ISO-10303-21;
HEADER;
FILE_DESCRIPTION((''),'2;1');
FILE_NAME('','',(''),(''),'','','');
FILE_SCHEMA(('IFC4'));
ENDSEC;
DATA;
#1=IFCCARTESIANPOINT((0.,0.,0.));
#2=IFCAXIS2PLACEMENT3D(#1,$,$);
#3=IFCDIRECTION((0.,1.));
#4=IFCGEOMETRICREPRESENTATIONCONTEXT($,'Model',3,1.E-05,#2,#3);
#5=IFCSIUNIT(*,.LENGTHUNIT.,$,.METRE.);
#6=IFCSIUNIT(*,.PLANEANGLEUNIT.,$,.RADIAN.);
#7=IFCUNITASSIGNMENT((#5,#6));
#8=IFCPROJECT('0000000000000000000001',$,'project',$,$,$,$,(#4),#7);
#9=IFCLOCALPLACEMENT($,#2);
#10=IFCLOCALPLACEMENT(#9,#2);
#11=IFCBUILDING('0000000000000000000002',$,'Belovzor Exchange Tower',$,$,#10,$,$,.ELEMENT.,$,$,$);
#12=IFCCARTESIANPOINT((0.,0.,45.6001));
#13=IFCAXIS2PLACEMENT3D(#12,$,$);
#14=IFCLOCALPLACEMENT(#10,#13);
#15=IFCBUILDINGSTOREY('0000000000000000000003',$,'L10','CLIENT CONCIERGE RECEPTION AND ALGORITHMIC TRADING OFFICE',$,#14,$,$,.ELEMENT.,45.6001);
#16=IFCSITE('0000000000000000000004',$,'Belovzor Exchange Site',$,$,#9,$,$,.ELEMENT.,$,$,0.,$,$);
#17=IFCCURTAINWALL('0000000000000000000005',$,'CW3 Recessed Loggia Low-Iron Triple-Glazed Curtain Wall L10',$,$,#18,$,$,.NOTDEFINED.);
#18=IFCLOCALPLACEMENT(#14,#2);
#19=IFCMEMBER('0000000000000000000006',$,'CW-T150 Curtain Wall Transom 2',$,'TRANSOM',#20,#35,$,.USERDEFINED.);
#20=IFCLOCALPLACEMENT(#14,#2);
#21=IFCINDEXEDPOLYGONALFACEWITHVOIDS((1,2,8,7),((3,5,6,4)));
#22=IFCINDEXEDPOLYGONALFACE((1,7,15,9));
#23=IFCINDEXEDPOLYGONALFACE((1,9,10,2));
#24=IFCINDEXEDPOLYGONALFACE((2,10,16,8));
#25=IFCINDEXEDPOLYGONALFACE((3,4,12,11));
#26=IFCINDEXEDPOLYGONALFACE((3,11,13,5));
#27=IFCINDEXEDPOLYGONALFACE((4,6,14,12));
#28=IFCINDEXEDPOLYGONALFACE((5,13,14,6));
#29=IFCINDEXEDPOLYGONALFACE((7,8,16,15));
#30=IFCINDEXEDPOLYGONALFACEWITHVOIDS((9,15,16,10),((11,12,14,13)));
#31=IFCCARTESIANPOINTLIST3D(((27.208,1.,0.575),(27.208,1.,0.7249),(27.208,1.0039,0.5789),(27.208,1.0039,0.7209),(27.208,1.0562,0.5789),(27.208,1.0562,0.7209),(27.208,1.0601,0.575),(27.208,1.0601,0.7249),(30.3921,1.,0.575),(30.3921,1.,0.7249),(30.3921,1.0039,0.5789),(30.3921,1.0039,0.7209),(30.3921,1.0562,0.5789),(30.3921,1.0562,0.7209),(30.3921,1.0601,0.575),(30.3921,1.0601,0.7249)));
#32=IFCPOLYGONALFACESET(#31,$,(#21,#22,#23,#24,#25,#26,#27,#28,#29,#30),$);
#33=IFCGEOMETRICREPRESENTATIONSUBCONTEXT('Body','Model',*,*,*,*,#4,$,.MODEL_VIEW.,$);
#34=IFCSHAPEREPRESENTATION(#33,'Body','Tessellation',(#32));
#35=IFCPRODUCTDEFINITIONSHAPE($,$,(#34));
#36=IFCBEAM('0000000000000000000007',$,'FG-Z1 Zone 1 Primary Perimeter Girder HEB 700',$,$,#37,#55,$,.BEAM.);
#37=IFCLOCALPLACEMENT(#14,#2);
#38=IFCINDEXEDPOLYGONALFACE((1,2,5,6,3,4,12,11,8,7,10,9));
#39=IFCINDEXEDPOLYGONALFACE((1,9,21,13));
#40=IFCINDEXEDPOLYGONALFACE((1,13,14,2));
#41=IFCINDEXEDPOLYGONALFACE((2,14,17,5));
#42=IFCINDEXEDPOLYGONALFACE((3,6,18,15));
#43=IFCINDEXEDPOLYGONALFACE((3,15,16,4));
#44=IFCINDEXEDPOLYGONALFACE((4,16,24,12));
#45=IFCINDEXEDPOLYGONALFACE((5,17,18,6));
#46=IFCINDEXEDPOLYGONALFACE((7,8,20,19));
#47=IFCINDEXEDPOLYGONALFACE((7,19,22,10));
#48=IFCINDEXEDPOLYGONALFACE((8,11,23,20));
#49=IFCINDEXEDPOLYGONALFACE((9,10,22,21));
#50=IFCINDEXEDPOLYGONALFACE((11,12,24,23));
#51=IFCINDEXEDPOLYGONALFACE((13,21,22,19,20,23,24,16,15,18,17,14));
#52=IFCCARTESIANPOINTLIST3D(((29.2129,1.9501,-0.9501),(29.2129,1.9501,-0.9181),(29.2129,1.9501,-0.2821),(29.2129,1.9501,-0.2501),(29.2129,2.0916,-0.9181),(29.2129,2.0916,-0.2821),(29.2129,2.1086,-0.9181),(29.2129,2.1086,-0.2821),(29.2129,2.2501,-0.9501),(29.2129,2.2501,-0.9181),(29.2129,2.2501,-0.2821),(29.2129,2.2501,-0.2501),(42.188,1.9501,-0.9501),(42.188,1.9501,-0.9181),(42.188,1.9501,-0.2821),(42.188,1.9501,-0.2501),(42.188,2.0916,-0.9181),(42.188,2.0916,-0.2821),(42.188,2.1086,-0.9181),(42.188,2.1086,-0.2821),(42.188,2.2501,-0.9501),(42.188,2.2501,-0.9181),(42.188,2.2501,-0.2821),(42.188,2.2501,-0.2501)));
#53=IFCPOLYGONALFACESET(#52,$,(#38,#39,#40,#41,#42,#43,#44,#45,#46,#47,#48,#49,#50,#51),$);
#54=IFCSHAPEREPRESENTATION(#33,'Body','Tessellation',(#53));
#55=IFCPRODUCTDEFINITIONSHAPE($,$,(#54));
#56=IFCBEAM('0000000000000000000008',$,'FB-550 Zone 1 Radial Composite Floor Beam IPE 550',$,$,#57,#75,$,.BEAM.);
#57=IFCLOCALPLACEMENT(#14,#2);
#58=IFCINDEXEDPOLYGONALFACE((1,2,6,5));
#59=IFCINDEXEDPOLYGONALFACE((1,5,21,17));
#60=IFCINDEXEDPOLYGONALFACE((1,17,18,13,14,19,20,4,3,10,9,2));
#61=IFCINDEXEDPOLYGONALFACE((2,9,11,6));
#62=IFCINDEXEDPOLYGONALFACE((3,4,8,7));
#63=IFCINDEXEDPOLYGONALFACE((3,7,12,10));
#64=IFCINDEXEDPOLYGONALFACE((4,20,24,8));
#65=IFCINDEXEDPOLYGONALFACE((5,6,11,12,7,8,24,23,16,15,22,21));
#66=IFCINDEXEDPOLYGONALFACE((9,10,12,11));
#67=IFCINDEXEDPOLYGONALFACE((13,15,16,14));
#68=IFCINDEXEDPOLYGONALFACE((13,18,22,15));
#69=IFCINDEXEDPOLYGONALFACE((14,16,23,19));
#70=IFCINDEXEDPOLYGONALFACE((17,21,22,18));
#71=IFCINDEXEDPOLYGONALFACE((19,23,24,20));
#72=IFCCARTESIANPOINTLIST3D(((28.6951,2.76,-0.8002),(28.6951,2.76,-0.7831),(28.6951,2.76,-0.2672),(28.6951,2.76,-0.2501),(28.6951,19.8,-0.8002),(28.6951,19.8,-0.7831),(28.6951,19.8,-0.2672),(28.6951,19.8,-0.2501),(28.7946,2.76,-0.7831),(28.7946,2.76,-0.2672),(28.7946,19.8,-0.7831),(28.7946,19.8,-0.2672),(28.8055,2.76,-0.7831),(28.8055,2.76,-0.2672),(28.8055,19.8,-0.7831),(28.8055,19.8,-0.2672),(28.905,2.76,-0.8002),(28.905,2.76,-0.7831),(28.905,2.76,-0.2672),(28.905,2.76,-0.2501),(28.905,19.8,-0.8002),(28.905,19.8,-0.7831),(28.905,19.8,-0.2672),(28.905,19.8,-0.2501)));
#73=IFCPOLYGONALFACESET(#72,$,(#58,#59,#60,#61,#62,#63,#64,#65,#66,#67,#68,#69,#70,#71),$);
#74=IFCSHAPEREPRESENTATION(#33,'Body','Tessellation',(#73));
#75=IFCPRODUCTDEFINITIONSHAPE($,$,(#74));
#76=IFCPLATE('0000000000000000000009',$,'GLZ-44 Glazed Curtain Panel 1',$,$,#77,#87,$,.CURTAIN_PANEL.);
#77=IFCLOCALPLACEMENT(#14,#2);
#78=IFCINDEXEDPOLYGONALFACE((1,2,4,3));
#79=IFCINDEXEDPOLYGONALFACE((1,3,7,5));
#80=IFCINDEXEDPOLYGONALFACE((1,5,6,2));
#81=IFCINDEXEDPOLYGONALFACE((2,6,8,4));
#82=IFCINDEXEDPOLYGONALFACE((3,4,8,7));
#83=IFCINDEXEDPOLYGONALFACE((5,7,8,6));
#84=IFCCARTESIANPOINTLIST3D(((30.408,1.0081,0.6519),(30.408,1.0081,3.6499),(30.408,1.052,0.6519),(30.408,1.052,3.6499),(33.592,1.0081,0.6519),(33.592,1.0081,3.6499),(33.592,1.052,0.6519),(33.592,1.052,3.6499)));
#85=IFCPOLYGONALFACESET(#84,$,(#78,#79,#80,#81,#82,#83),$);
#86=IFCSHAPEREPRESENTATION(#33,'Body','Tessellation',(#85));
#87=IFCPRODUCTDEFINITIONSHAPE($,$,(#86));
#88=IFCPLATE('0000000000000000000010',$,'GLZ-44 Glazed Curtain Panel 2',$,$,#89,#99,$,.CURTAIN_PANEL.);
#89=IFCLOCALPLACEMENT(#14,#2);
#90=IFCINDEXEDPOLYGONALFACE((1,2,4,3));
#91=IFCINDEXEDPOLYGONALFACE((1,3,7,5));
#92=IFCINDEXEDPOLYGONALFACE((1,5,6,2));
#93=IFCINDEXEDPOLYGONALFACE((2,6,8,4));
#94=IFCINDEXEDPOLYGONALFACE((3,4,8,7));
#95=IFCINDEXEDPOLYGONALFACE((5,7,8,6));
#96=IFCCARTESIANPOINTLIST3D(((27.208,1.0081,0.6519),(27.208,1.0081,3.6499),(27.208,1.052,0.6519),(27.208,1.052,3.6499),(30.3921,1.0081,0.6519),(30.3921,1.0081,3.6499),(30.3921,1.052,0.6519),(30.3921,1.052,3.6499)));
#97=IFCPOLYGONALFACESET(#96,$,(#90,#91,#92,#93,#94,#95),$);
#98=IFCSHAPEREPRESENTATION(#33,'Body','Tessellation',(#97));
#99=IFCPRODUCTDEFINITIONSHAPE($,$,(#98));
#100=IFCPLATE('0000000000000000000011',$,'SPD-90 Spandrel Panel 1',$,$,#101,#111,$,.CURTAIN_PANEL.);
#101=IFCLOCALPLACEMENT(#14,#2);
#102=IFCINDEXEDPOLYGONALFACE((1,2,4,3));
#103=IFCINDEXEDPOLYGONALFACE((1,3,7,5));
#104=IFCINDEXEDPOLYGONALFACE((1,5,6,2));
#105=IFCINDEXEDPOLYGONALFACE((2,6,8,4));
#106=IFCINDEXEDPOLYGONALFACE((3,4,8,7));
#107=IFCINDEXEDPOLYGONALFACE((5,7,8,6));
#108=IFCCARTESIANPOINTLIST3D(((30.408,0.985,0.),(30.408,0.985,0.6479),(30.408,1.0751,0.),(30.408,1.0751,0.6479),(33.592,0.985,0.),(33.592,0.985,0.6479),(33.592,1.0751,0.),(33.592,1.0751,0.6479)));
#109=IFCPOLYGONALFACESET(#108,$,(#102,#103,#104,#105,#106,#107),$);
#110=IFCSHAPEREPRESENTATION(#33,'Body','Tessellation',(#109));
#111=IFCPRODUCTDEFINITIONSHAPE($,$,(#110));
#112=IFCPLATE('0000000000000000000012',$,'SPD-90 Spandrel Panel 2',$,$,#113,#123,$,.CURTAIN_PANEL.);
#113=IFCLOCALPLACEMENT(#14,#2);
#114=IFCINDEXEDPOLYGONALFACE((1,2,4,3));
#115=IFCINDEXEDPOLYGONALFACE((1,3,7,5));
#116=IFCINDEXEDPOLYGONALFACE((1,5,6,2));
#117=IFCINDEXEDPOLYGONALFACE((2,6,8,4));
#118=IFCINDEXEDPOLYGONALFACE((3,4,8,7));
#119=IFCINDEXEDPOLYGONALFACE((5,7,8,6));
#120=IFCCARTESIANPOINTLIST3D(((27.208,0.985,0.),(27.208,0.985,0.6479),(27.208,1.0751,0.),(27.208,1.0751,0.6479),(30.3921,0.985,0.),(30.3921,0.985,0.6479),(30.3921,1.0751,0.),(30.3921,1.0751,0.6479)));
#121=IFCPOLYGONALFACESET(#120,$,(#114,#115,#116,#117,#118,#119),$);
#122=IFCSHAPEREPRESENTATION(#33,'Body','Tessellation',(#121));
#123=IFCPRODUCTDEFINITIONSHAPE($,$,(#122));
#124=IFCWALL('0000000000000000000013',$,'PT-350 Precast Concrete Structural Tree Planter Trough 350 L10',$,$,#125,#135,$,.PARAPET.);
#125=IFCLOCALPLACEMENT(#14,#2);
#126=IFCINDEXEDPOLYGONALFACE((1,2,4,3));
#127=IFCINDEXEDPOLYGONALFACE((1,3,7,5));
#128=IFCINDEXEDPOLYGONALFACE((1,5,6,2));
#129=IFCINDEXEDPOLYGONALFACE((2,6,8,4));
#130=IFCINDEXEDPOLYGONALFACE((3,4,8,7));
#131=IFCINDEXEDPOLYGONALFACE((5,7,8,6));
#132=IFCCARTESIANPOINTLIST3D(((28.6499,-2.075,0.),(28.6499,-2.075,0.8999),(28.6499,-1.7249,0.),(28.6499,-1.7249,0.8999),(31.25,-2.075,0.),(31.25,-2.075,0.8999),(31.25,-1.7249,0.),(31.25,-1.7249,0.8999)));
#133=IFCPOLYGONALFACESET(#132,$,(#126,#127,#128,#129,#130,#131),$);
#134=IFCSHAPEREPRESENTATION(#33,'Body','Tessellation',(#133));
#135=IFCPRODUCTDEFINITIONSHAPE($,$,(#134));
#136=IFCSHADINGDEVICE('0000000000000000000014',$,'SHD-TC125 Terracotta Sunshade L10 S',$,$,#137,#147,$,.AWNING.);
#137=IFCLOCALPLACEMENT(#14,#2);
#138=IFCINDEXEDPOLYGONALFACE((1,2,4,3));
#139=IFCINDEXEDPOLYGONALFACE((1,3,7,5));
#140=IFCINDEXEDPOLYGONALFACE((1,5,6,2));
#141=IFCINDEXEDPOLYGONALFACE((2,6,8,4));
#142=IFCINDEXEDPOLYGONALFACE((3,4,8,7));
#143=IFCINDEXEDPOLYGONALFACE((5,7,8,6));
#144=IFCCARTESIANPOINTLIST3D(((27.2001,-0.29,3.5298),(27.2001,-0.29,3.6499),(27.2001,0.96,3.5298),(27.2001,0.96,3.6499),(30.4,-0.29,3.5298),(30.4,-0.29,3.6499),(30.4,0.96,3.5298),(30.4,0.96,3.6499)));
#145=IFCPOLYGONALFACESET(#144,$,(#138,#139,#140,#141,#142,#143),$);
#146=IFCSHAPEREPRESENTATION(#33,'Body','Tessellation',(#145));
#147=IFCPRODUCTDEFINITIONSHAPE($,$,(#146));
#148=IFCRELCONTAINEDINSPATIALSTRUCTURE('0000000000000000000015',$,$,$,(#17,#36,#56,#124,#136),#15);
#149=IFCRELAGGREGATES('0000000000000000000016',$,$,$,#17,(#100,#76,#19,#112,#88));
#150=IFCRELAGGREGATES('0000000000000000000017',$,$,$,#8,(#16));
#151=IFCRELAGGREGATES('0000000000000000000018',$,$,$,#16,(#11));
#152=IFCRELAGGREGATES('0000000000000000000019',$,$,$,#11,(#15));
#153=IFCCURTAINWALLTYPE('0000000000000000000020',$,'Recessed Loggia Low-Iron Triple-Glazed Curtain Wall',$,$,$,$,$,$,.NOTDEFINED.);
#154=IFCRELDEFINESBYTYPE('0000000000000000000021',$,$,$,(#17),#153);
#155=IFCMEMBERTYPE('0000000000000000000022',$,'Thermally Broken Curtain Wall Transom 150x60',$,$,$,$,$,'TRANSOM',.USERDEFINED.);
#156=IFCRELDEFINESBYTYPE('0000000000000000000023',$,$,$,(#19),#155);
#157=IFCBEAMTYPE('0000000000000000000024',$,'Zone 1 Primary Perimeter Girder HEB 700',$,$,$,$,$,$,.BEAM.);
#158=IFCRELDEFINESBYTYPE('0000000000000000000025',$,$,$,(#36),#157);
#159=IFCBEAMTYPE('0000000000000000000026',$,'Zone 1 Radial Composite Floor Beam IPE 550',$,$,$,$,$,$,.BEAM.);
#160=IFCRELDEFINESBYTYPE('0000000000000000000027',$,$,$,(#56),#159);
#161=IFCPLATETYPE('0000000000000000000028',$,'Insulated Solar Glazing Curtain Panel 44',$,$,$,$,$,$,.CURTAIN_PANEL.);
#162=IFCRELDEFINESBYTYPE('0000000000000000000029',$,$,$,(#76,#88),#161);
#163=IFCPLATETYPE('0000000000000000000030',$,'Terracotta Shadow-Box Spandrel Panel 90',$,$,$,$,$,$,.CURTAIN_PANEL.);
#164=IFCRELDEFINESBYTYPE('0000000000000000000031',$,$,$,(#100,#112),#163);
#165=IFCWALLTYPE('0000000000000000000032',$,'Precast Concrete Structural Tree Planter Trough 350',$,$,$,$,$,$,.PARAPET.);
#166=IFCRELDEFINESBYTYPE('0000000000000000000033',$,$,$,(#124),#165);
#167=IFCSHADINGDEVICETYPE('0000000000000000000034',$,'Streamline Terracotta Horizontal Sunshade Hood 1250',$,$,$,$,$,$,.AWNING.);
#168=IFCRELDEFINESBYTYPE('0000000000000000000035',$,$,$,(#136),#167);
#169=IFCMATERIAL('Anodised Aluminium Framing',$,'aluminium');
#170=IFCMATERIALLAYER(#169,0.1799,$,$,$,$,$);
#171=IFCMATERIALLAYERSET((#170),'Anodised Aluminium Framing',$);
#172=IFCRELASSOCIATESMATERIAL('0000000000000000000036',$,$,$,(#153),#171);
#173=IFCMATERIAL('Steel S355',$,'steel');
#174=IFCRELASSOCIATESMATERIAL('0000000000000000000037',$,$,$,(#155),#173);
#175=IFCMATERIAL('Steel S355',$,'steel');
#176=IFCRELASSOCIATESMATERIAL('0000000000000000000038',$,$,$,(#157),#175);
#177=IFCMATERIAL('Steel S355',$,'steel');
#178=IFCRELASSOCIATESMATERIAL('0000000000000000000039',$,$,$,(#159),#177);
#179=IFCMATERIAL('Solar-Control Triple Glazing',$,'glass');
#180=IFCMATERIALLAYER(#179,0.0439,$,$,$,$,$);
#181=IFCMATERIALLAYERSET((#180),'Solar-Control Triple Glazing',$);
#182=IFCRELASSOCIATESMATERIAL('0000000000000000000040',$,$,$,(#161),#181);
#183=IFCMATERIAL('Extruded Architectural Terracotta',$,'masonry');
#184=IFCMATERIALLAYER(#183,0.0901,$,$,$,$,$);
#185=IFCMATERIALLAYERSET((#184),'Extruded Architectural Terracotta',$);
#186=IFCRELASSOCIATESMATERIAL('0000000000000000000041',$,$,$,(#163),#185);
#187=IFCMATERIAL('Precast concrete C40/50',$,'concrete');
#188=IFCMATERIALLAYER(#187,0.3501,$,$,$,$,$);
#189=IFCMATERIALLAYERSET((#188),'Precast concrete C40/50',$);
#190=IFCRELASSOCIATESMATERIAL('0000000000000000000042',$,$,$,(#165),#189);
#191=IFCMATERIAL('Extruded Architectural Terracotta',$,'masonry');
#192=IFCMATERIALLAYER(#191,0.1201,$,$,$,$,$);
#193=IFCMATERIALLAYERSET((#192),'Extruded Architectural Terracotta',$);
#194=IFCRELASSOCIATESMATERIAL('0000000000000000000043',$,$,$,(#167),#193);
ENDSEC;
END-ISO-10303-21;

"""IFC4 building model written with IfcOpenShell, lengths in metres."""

from ifc_helpers import new_model, si_unit, direction, frame, frame_2d, origin, origin_2d, place, context, subcontext, project, spatial, rectangle, hollow_rectangle, i_section, extrude, material, layer, layer_set, material_profile, profile_set, type_object, element, aggregate, save


model = new_model("IFC4")

# Units and contexts
model_context = context("Model", 3, precision=1e-05, world=origin(), true_north=direction((0.0, 1.0)))
body_context = subcontext(model_context, "Body", "Model", "MODEL_VIEW")
ifc_project = project(units=[si_unit("LENGTHUNIT", "METRE"), si_unit("PLANEANGLEUNIT", "RADIAN")], contexts=[model_context])

# Site, building, storey
site_placement = place(None, origin())
site = spatial("IfcSite", under=ifc_project, at=site_placement, Name="Belovzor Exchange Site", CompositionType="ELEMENT", RefElevation=0.0)
building_placement = place(site_placement, origin())
building = spatial("IfcBuilding", under=site, at=building_placement, Name="Belovzor Exchange Tower", CompositionType="ELEMENT")
storey_placement = place(building_placement, frame((0.0, 0.0, 45.6001)))
storey = spatial("IfcBuildingStorey", under=building, at=storey_placement, Name="L10", Description="CLIENT CONCIERGE RECEPTION AND ALGORITHMIC TRADING OFFICE", CompositionType="ELEMENT", Elevation=45.6001)

# Curtain wall, member
ifc_material_1 = material(Name="Anodised Aluminium Framing", Category="aluminium")
ifc_layer_1 = layer(ifc_material_1, 0.1799)
ifc_layer_set_1 = layer_set([ifc_layer_1], Name="Anodised Aluminium Framing")
curtain_wall_type = type_object("IfcCurtainWallType", Name="Recessed Loggia Low-Iron Triple-Glazed Curtain Wall", PredefinedType="NOTDEFINED", material=ifc_layer_set_1)
curtain_wall_placement = place(storey_placement, origin())
curtain_wall = element("IfcCurtainWall", 1, at=curtain_wall_placement, inside=storey, type_object=curtain_wall_type, Name="CW3 Recessed Loggia Low-Iron Triple-Glazed Curtain Wall L10", PredefinedType="NOTDEFINED")
ifc_material_2 = material(Name="Steel S355", Category="steel")
ifc_material_profile_1 = material_profile(ifc_material_2, hollow_rectangle(XDim=0.0601, YDim=0.1499, WallThickness=0.0039, at=origin_2d()))
ifc_profile_set_1 = profile_set([ifc_material_profile_1], Name="Steel S355")
member_type_1 = type_object("IfcMemberType", Name="Thermally Broken Curtain Wall Transom 150x60", ElementType="TRANSOM", PredefinedType="USERDEFINED", material=ifc_profile_set_1)
member_1_placement = place(storey_placement, frame((30.3921, 1.03, 0.6499), z_axis=(-1.0, 0.0, 0.0), x_axis=(0.0, -1.0, 0.0)))
member_1 = element("IfcMember", 2, at=member_1_placement, type_object=member_type_1, Name="CW-T150 Curtain Wall Transom 2", ObjectType="TRANSOM", PredefinedType="USERDEFINED", context=body_context, shape_type="SweptSolid", body=[
    extrude(hollow_rectangle(XDim=0.0601, YDim=0.1499, WallThickness=0.0039, at=origin_2d()), origin(), (0.0, 0.0, 1.0), 3.1841),
])

# Beams
ifc_material_3 = material(Name="Steel S355", Category="steel")
ifc_material_profile_2 = material_profile(ifc_material_3, i_section(OverallWidth=0.3, OverallDepth=0.7, WebThickness=0.0171, FlangeThickness=0.032, at=origin_2d()))
ifc_profile_set_2 = profile_set([ifc_material_profile_2], Name="Steel S355")
beam_type_1 = type_object("IfcBeamType", Name="Zone 1 Primary Perimeter Girder HEB 700", PredefinedType="BEAM", material=ifc_profile_set_2)
beam_1_placement = place(storey_placement, frame((29.2129, 2.1001, -0.6001), z_axis=(1.0, 0.0, 0.0), x_axis=(0.0, 1.0, 0.0)))
element("IfcBeam", 3, at=beam_1_placement, inside=storey, type_object=beam_type_1, Name="FG-Z1 Zone 1 Primary Perimeter Girder HEB 700", PredefinedType="BEAM", context=body_context, shape_type="SweptSolid", body=[
    extrude(i_section(OverallWidth=0.3, OverallDepth=0.7, WebThickness=0.0171, FlangeThickness=0.032, at=origin_2d()), origin(), (0.0, 0.0, 1.0), 12.9751),
])
ifc_material_4 = material(Name="Steel S355", Category="steel")
ifc_material_profile_3 = material_profile(ifc_material_4, i_section(OverallWidth=0.21, OverallDepth=0.55, WebThickness=0.011, FlangeThickness=0.0171, at=origin_2d()))
ifc_profile_set_3 = profile_set([ifc_material_profile_3], Name="Steel S355")
beam_type_2 = type_object("IfcBeamType", Name="Zone 1 Radial Composite Floor Beam IPE 550", PredefinedType="BEAM", material=ifc_profile_set_3)
beam_2_placement = place(storey_placement, frame((28.8, 19.8, -0.5251), z_axis=(0.0, -1.0, 0.0), x_axis=(1.0, 0.0, 0.0)))
element("IfcBeam", 4, at=beam_2_placement, inside=storey, type_object=beam_type_2, Name="FB-550 Zone 1 Radial Composite Floor Beam IPE 550", PredefinedType="BEAM", context=body_context, shape_type="SweptSolid", body=[
    extrude(i_section(OverallWidth=0.21, OverallDepth=0.55, WebThickness=0.011, FlangeThickness=0.0171, at=origin_2d()), origin(), (0.0, 0.0, 1.0), 17.04),
])

# Plates
ifc_material_5 = material(Name="Solar-Control Triple Glazing", Category="glass")
ifc_layer_2 = layer(ifc_material_5, 0.0439)
ifc_layer_set_2 = layer_set([ifc_layer_2], Name="Solar-Control Triple Glazing")
plate_type_1 = type_object("IfcPlateType", Name="Insulated Solar Glazing Curtain Panel 44", PredefinedType="CURTAIN_PANEL", material=ifc_layer_set_2)
plate_1_placement = place(storey_placement, frame((32.0, 1.03, 0.6519), z_axis=(0.0, 0.0, 1.0), x_axis=(-1.0, 0.0, 0.0)))
plate_1 = element("IfcPlate", 5, at=plate_1_placement, type_object=plate_type_1, Name="GLZ-44 Glazed Curtain Panel 1", PredefinedType="CURTAIN_PANEL", context=body_context, shape_type="SweptSolid", body=[
    extrude(rectangle(XDim=3.1841, YDim=0.0439, at=origin_2d()), origin(), (0.0, 0.0, 1.0), 2.998),
])
plate_2_placement = place(storey_placement, frame((28.8, 1.03, 0.6519), z_axis=(0.0, 0.0, 1.0), x_axis=(-1.0, 0.0, 0.0)))
plate_2 = element("IfcPlate", 6, at=plate_2_placement, type_object=plate_type_1, Name="GLZ-44 Glazed Curtain Panel 2", PredefinedType="CURTAIN_PANEL", context=body_context, shape_type="SweptSolid", body=[
    extrude(rectangle(XDim=3.1841, YDim=0.0439, at=origin_2d()), origin(), (0.0, 0.0, 1.0), 2.998),
])
ifc_material_6 = material(Name="Extruded Architectural Terracotta", Category="masonry")
ifc_layer_3 = layer(ifc_material_6, 0.0901)
ifc_layer_set_3 = layer_set([ifc_layer_3], Name="Extruded Architectural Terracotta")
plate_type_2 = type_object("IfcPlateType", Name="Terracotta Shadow-Box Spandrel Panel 90", PredefinedType="CURTAIN_PANEL", material=ifc_layer_set_3)
plate_3_placement = place(storey_placement, frame((32.0, 1.03, 0.0), z_axis=(0.0, 0.0, 1.0), x_axis=(-1.0, 0.0, 0.0)))
plate_3 = element("IfcPlate", 7, at=plate_3_placement, type_object=plate_type_2, Name="SPD-90 Spandrel Panel 1", PredefinedType="CURTAIN_PANEL", context=body_context, shape_type="SweptSolid", body=[
    extrude(rectangle(XDim=3.1841, YDim=0.0901, at=origin_2d()), origin(), (0.0, 0.0, 1.0), 0.6479),
])
plate_4_placement = place(storey_placement, frame((28.8, 1.03, 0.0), z_axis=(0.0, 0.0, 1.0), x_axis=(-1.0, 0.0, 0.0)))
plate_4 = element("IfcPlate", 8, at=plate_4_placement, type_object=plate_type_2, Name="SPD-90 Spandrel Panel 2", PredefinedType="CURTAIN_PANEL", context=body_context, shape_type="SweptSolid", body=[
    extrude(rectangle(XDim=3.1841, YDim=0.0901, at=origin_2d()), origin(), (0.0, 0.0, 1.0), 0.6479),
])
aggregate(curtain_wall, [plate_3, plate_1, member_1, plate_4, plate_2])

# Wall
ifc_material_7 = material(Name="Precast concrete C40/50", Category="concrete")
ifc_layer_4 = layer(ifc_material_7, 0.3501)
ifc_layer_set_4 = layer_set([ifc_layer_4], Name="Precast concrete C40/50")
wall_type = type_object("IfcWallType", Name="Precast Concrete Structural Tree Planter Trough 350", PredefinedType="PARAPET", material=ifc_layer_set_4)
wall_placement = place(storey_placement, frame((28.6499, -1.8999, 0.0), z_axis=(0.0, 0.0, 1.0), x_axis=(1.0, 0.0, 0.0)))
element("IfcWall", 9, at=wall_placement, inside=storey, type_object=wall_type, Name="PT-350 Precast Concrete Structural Tree Planter Trough 350 L10", PredefinedType="PARAPET", context=body_context, shape_type="SweptSolid", body=[
    extrude(rectangle(XDim=2.6001, YDim=0.3501, at=frame_2d((1.3, 0.0))), origin(), (0.0, 0.0, 1.0), 0.8999),
])

# Shading device
ifc_material_8 = material(Name="Extruded Architectural Terracotta", Category="masonry")
ifc_layer_5 = layer(ifc_material_8, 0.1201)
ifc_layer_set_5 = layer_set([ifc_layer_5], Name="Extruded Architectural Terracotta")
shading_device_type = type_object("IfcShadingDeviceType", Name="Streamline Terracotta Horizontal Sunshade Hood 1250", PredefinedType="AWNING", material=ifc_layer_set_5)
shading_device_placement = place(storey_placement, frame((28.8, 0.335, 3.5298), z_axis=(0.0, 0.0, 1.0), x_axis=(1.0, 0.0, 0.0)))
element("IfcShadingDevice", 10, at=shading_device_placement, inside=storey, type_object=shading_device_type, Name="SHD-TC125 Terracotta Sunshade L10 S", PredefinedType="AWNING", context=body_context, shape_type="SweptSolid", body=[
    extrude(rectangle(XDim=3.2, YDim=1.25, at=origin_2d()), origin(), (0.0, 0.0, 1.0), 0.1201),
])

save(model, "model.ifc")
